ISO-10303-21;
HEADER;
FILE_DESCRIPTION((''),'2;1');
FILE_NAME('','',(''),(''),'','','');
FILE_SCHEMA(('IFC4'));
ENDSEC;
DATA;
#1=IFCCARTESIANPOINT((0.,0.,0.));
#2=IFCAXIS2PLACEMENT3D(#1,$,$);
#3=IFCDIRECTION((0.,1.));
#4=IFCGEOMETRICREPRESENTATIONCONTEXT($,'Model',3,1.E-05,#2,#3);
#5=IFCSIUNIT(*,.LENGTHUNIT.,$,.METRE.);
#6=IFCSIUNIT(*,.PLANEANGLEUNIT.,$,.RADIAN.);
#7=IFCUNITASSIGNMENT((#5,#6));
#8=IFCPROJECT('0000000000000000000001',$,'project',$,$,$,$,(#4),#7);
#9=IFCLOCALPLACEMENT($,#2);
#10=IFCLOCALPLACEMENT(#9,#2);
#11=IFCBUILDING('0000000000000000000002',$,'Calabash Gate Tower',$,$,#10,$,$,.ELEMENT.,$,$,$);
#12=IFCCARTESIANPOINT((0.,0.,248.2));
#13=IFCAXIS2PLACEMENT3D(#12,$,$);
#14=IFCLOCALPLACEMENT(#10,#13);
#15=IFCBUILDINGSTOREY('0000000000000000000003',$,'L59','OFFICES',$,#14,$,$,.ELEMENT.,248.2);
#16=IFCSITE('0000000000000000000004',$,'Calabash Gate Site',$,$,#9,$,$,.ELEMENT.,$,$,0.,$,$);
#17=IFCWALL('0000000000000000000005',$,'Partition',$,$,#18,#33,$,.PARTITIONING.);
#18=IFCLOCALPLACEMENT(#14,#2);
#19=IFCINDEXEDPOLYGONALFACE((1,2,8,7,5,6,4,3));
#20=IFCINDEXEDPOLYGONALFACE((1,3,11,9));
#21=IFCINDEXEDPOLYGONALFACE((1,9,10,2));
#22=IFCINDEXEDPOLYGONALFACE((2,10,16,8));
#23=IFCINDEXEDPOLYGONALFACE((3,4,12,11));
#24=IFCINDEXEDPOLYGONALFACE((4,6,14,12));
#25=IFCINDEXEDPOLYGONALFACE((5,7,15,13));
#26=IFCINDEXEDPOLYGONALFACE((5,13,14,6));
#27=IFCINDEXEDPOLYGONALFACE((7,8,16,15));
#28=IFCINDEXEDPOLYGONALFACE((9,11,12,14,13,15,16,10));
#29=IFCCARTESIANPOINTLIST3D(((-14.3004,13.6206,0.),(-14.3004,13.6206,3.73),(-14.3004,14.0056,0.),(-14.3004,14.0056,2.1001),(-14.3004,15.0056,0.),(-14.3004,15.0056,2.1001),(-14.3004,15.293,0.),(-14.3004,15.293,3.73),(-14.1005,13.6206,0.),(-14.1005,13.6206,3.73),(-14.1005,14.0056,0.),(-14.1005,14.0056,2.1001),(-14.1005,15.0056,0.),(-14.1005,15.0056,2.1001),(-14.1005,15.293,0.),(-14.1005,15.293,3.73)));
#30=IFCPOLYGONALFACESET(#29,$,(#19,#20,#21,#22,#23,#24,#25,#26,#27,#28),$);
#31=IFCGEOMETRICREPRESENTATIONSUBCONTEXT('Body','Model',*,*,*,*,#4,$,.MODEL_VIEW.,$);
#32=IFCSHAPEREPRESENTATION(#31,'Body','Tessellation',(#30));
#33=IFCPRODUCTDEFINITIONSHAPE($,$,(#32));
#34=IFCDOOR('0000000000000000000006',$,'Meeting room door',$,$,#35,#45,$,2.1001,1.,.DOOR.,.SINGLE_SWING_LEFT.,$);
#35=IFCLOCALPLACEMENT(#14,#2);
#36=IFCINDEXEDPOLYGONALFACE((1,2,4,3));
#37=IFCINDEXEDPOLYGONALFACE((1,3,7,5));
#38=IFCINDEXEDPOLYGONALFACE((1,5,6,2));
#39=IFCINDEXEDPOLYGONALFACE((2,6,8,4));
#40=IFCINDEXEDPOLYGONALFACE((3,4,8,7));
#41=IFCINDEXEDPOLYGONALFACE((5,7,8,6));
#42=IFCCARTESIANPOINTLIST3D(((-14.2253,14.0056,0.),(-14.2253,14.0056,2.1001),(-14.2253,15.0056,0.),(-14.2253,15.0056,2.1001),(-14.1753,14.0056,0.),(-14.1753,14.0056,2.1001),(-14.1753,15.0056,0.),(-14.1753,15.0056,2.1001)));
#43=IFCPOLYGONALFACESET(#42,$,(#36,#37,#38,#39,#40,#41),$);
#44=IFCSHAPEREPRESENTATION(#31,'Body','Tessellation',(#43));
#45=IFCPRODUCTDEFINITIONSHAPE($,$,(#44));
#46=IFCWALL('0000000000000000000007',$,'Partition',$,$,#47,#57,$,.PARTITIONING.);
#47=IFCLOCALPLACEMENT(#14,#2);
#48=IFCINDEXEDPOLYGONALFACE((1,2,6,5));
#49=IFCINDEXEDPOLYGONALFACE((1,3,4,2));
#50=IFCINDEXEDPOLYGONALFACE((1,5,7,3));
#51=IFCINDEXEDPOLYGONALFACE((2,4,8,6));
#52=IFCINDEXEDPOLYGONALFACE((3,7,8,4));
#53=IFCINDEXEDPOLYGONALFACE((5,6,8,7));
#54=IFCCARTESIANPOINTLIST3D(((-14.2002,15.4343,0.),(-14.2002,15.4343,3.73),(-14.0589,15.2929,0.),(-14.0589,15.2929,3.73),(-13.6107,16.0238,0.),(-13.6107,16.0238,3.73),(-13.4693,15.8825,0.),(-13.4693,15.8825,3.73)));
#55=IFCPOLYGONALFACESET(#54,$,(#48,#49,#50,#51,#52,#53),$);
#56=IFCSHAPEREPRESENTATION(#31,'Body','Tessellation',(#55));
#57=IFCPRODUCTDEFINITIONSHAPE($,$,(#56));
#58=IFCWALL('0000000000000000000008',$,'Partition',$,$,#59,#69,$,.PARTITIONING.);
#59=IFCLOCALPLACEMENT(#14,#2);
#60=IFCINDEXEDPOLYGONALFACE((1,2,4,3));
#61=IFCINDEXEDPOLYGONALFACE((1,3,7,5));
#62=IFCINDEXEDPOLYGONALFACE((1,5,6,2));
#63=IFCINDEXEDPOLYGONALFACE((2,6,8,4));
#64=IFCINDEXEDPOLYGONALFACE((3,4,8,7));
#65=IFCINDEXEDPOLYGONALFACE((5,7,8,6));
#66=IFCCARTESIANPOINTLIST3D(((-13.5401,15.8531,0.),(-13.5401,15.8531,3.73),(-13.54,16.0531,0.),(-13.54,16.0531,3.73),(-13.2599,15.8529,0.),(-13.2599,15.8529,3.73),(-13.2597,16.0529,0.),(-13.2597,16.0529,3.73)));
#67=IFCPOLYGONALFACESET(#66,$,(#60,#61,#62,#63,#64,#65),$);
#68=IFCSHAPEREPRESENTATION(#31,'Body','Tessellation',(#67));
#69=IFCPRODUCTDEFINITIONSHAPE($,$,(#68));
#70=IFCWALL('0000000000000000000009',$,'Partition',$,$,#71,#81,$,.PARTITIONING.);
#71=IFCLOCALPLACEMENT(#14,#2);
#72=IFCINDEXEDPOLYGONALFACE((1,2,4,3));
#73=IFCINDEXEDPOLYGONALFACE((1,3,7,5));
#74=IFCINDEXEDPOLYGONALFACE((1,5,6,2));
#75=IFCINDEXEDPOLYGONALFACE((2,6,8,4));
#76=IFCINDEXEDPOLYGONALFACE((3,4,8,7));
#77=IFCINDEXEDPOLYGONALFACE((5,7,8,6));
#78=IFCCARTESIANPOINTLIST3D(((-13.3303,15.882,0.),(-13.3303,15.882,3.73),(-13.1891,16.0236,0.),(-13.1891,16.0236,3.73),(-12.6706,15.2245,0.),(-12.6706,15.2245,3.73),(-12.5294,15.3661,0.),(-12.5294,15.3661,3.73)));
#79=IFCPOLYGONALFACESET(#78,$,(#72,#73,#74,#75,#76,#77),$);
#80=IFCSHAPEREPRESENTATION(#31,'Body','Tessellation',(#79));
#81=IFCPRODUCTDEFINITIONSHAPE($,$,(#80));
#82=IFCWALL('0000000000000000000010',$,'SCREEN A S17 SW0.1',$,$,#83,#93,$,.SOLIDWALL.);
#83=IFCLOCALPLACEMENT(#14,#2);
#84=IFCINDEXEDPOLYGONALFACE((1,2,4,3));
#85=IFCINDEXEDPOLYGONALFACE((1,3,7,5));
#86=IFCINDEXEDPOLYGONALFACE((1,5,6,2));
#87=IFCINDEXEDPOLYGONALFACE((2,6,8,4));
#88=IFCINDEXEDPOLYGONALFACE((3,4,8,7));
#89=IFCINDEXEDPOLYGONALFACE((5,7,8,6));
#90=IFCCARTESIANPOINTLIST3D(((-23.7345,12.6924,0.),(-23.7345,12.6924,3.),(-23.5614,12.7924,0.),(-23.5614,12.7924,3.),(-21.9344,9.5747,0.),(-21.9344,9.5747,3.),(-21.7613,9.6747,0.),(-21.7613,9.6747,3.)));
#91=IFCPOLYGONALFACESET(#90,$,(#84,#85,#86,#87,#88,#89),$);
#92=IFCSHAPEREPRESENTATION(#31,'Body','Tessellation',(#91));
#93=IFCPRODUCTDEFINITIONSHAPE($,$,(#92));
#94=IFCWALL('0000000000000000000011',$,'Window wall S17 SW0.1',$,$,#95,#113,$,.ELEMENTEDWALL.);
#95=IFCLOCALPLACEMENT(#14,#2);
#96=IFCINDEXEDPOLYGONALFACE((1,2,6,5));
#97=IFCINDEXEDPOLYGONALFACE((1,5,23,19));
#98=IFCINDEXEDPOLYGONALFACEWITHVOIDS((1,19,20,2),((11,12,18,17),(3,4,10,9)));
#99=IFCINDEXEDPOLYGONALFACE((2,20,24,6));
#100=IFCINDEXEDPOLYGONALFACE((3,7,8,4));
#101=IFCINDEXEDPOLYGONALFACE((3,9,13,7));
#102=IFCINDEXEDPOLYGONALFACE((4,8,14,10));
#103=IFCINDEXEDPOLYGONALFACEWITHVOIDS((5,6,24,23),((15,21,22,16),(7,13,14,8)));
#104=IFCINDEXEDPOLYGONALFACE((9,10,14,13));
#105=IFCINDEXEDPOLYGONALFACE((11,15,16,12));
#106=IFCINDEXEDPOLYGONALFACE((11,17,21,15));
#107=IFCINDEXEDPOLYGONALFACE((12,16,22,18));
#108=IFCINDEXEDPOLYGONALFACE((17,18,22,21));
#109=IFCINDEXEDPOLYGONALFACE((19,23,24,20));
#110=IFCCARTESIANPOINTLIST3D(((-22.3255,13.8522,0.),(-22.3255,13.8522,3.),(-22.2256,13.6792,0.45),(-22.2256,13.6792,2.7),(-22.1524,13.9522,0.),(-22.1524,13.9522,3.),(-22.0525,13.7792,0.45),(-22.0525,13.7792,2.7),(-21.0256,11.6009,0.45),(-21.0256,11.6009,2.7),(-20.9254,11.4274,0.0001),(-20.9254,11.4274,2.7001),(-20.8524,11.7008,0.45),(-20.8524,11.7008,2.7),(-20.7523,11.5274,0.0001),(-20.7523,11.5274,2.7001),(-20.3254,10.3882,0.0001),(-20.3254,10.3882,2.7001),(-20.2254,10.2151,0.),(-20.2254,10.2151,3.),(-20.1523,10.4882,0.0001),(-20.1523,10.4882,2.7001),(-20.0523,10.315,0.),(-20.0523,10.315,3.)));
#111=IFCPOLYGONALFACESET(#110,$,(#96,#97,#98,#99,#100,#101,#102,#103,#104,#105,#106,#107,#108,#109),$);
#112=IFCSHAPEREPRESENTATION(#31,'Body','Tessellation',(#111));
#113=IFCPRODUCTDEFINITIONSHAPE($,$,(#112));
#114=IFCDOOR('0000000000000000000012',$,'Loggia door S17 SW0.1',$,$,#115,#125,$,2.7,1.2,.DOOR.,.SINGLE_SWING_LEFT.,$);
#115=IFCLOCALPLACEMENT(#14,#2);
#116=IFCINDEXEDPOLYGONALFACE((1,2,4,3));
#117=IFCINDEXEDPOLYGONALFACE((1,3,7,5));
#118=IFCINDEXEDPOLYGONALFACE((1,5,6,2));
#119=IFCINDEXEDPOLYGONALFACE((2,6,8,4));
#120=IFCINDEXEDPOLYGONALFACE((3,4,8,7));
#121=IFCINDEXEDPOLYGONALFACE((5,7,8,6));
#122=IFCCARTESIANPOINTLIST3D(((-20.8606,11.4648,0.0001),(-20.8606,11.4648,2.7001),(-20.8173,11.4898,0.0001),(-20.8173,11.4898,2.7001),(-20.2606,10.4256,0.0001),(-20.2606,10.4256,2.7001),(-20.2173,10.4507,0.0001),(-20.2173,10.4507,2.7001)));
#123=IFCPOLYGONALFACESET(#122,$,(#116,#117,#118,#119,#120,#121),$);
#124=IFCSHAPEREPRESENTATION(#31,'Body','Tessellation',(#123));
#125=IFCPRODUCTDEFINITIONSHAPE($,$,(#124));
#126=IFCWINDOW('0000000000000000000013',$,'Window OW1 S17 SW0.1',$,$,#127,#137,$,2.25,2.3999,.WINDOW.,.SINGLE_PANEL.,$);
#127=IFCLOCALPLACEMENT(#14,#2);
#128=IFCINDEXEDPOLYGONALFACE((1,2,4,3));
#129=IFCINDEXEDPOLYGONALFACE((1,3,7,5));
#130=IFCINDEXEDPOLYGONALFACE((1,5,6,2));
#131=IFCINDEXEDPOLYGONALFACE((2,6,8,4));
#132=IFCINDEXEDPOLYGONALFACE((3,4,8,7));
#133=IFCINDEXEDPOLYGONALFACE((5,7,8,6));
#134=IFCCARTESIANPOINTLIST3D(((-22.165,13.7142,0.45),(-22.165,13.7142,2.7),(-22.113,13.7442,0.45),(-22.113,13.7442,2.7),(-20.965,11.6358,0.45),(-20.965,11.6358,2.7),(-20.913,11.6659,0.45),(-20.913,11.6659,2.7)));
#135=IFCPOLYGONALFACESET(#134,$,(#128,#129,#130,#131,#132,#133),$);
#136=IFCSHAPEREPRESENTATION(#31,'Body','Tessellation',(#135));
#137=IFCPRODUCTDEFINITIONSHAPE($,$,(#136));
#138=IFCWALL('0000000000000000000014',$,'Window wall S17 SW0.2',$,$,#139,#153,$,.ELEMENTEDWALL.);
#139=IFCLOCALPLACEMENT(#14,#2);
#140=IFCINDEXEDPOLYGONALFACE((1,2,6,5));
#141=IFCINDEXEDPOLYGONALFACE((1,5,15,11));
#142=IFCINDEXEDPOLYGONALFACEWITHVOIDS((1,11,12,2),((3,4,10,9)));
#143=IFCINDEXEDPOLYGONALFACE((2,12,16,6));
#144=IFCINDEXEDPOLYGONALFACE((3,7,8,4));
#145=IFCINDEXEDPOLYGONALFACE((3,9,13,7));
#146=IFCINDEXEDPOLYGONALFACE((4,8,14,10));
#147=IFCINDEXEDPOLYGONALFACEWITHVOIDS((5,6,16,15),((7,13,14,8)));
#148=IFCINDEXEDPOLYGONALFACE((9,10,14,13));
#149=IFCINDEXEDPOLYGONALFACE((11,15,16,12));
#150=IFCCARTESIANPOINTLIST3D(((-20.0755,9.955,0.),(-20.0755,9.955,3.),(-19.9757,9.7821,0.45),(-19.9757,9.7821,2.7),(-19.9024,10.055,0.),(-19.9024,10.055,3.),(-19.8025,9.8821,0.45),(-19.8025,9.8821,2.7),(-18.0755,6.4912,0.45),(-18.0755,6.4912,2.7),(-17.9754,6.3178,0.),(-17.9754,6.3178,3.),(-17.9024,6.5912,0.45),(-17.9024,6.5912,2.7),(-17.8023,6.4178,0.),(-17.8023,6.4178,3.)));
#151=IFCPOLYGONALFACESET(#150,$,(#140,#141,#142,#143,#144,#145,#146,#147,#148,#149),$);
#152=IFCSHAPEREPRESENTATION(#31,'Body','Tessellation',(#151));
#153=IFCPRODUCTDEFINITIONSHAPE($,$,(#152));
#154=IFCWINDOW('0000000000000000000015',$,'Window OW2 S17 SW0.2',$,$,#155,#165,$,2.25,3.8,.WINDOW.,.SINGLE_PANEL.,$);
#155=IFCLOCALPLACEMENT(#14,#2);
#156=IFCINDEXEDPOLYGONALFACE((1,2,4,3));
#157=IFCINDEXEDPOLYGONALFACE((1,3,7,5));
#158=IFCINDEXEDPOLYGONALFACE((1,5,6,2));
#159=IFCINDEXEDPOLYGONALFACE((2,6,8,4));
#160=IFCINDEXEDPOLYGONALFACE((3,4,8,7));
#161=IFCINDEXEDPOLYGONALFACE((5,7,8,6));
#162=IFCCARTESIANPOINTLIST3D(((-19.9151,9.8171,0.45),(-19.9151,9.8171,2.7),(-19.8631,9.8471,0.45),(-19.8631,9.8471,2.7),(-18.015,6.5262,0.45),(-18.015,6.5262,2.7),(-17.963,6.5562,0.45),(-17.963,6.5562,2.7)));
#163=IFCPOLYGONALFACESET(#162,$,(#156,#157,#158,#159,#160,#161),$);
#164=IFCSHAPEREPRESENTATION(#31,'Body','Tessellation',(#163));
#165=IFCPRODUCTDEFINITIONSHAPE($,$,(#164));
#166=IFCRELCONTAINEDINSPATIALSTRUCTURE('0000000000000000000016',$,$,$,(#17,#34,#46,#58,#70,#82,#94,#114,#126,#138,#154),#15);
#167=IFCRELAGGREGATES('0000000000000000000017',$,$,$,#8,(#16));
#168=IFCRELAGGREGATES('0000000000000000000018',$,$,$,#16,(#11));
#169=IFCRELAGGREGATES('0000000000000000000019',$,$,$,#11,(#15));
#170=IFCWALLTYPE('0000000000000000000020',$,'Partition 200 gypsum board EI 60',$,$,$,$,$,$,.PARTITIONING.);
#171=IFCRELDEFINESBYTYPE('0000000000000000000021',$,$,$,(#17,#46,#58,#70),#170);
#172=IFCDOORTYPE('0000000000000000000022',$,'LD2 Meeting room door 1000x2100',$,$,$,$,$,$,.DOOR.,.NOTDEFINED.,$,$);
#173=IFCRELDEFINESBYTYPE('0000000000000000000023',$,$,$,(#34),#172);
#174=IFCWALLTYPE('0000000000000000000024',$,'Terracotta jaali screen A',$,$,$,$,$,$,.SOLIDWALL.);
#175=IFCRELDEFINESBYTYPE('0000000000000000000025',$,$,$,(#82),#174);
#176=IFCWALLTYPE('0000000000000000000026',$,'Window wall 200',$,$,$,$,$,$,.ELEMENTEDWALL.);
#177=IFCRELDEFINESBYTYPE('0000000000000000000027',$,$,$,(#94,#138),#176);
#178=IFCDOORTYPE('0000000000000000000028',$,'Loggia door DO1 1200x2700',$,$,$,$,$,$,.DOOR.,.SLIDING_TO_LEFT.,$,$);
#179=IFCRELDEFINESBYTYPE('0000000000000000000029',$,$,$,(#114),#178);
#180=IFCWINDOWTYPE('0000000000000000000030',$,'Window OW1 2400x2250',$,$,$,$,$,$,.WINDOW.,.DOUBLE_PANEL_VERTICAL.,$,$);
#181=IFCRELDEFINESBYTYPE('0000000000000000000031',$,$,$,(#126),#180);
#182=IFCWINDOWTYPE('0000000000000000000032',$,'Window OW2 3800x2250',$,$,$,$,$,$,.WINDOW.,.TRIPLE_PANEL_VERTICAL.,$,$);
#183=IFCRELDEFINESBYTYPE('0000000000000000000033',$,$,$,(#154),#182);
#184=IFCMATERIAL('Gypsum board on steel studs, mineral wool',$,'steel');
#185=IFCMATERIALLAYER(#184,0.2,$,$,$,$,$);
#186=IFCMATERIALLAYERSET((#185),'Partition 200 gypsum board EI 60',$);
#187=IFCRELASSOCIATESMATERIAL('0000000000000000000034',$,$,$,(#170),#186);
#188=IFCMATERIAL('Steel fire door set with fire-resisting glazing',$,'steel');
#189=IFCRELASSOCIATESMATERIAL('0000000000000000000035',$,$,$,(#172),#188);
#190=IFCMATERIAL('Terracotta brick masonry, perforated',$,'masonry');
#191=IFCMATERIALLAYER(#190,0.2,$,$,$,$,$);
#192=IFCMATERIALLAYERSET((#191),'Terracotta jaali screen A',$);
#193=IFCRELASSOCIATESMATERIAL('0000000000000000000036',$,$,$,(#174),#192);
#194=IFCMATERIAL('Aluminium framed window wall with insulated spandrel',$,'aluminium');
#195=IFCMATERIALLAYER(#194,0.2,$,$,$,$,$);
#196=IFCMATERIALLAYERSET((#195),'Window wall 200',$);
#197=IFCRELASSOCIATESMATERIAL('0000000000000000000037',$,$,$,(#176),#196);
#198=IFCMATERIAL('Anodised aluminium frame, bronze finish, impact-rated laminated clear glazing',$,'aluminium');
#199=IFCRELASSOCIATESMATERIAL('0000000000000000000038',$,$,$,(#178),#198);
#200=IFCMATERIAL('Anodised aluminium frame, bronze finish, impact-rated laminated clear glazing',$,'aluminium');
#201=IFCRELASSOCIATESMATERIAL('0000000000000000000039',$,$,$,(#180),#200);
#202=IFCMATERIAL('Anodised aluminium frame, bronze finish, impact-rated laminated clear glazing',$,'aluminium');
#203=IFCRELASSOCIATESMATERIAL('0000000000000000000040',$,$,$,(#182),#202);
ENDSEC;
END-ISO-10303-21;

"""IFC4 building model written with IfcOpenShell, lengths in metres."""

from ifc_helpers import new_model, si_unit, direction, frame, frame_2d, origin, place, context, subcontext, project, spatial, rectangle, extrude, material, layer, layer_set, type_object, element, fill, save


model = new_model("IFC4")

# Units and contexts
model_context = context("Model", 3, precision=1e-05, world=origin(), true_north=direction((0.0, 1.0)))
body_context = subcontext(model_context, "Body", "Model", "MODEL_VIEW")
ifc_project = project(units=[si_unit("LENGTHUNIT", "METRE"), si_unit("PLANEANGLEUNIT", "RADIAN")], contexts=[model_context])

# Site, building, storey
site_placement = place(None, origin())
site = spatial("IfcSite", under=ifc_project, at=site_placement, Name="Calabash Gate Site", CompositionType="ELEMENT", RefElevation=0.0)
building_placement = place(site_placement, origin())
building = spatial("IfcBuilding", under=site, at=building_placement, Name="Calabash Gate Tower", CompositionType="ELEMENT")
storey_placement = place(building_placement, frame((0.0, 0.0, 248.2)))
storey = spatial("IfcBuildingStorey", under=building, at=storey_placement, Name="L59", Description="OFFICES", CompositionType="ELEMENT", Elevation=248.2)

# Shared definitions
ifc_material_1 = material(Name="Gypsum board on steel studs, mineral wool", Category="steel")
ifc_layer_1 = layer(ifc_material_1, 0.2)
ifc_layer_set_1 = layer_set([ifc_layer_1], Name="Partition 200 gypsum board EI 60")
wall_type_1 = type_object("IfcWallType", Name="Partition 200 gypsum board EI 60", PredefinedType="PARTITIONING", material=ifc_layer_set_1)

# Wall, opening, door
wall_1_placement = place(storey_placement, frame((-14.2004, 13.6206, 0.0), z_axis=(0.0, 0.0, 1.0), x_axis=(0.0, 1.0, 0.0)))
wall_1 = element("IfcWall", 1, at=wall_1_placement, inside=storey, type_object=wall_type_1, Name="Partition", PredefinedType="PARTITIONING", context=body_context, shape_type="SweptSolid", body=[
    extrude(rectangle(XDim=1.6724, YDim=0.2, at=frame_2d((0.8362, 0.0))), origin(), (0.0, 0.0, 1.0), 3.73),
])
opening_1_placement = place(wall_1_placement, frame((0.385, 0.0, 0.0)))
opening_1 = element("IfcOpeningElement", 2, at=opening_1_placement, cuts=wall_1, PredefinedType="OPENING", context=body_context, shape_type="SweptSolid", body=[
    extrude(rectangle(XDim=1.0, YDim=2.1001, at=frame_2d((0.5, 1.05))), frame((0.0, 0.1099, 0.0), z_axis=(0.0, -1.0, 0.0), x_axis=(1.0, 0.0, 0.0)), (0.0, 0.0, 1.0), 0.22),
])
ifc_material_2 = material(Name="Steel fire door set with fire-resisting glazing", Category="steel")
door_type_1 = type_object("IfcDoorType", Name="LD2 Meeting room door 1000x2100", OperationType="NOTDEFINED", PredefinedType="DOOR", material=ifc_material_2)
door_1_placement = place(opening_1_placement, origin())
door_1 = element("IfcDoor", 3, at=door_1_placement, inside=storey, type_object=door_type_1, Name="Meeting room door", OperationType="SINGLE_SWING_LEFT", OverallHeight=2.1001, OverallWidth=1.0, PredefinedType="DOOR", context=body_context, shape_type="SweptSolid", body=[
    extrude(rectangle(XDim=1.0, YDim=2.1001, at=frame_2d((0.5, 1.05))), frame((0.0, 0.0249, 0.0), z_axis=(0.0, -1.0, 0.0), x_axis=(1.0, 0.0, 0.0)), (0.0, 0.0, 1.0), 0.05),
])
fill(opening_1, door_1)

# Walls
wall_2_placement = place(storey_placement, frame((-14.1296, 15.3635, 0.0), z_axis=(0.0, 0.0, 1.0), x_axis=(0.707107, 0.707107, 0.0)))
element("IfcWall", 4, at=wall_2_placement, inside=storey, type_object=wall_type_1, Name="Partition", PredefinedType="PARTITIONING", context=body_context, shape_type="SweptSolid", body=[
    extrude(rectangle(XDim=0.8337, YDim=0.2, at=frame_2d((0.417, 0.0))), origin(), (0.0, 0.0, 1.0), 3.73),
])
wall_3_placement = place(storey_placement, frame((-13.54, 15.9531, 0.0), z_axis=(0.0, 0.0, 1.0), x_axis=(1.0, -0.000871, 0.0)))
element("IfcWall", 5, at=wall_3_placement, inside=storey, type_object=wall_type_1, Name="Partition", PredefinedType="PARTITIONING", context=body_context, shape_type="SweptSolid", body=[
    extrude(rectangle(XDim=0.2803, YDim=0.2, at=frame_2d((0.1401, 0.0))), origin(), (0.0, 0.0, 1.0), 3.73),
])
wall_4_placement = place(storey_placement, frame((-13.2598, 15.9529, 0.0), z_axis=(0.0, 0.0, 1.0), x_axis=(0.708285, -0.705926, 0.0)))
element("IfcWall", 6, at=wall_4_placement, inside=storey, type_object=wall_type_1, Name="Partition", PredefinedType="PARTITIONING", context=body_context, shape_type="SweptSolid", body=[
    extrude(rectangle(XDim=0.9314, YDim=0.2, at=frame_2d((0.4658, 0.0))), origin(), (0.0, 0.0, 1.0), 3.73),
])
ifc_material_3 = material(Name="Terracotta brick masonry, perforated", Category="masonry")
ifc_layer_2 = layer(ifc_material_3, 0.2)
ifc_layer_set_2 = layer_set([ifc_layer_2], Name="Terracotta jaali screen A")
wall_type_2 = type_object("IfcWallType", Name="Terracotta jaali screen A", PredefinedType="SOLIDWALL", material=ifc_layer_set_2)
wall_5_placement = place(storey_placement, frame((-23.6479, 12.7424, 0.0), z_axis=(0.0, 0.0, 1.0), x_axis=(0.500012, -0.866018, 0.0)))
element("IfcWall", 7, at=wall_5_placement, inside=storey, type_object=wall_type_2, Name="SCREEN A S17 SW0.1", PredefinedType="SOLIDWALL", context=body_context, shape_type="SweptSolid", body=[
    extrude(rectangle(XDim=3.6001, YDim=0.2, at=frame_2d((1.8, 0.0))), origin(), (0.0, 0.0, 1.0), 3.0),
])

# Wall, openings, door, window
ifc_material_4 = material(Name="Aluminium framed window wall with insulated spandrel", Category="aluminium")
ifc_layer_3 = layer(ifc_material_4, 0.2)
ifc_layer_set_3 = layer_set([ifc_layer_3], Name="Window wall 200")
wall_type_3 = type_object("IfcWallType", Name="Window wall 200", PredefinedType="ELEMENTEDWALL", material=ifc_layer_set_3)
wall_6_placement = place(storey_placement, frame((-22.239, 13.9023, 0.0), z_axis=(0.0, 0.0, 1.0), x_axis=(0.500028, -0.866009, 0.0)))
wall_6 = element("IfcWall", 8, at=wall_6_placement, inside=storey, type_object=wall_type_3, Name="Window wall S17 SW0.1", PredefinedType="ELEMENTEDWALL", context=body_context, shape_type="SweptSolid", body=[
    extrude(rectangle(XDim=4.2, YDim=0.2, at=frame_2d((2.1001, 0.0))), origin(), (0.0, 0.0, 1.0), 3.0),
])
opening_2_placement = place(wall_6_placement, frame((0.2, 0.0, 0.45)))
opening_2 = element("IfcOpeningElement", 9, at=opening_2_placement, cuts=wall_6, PredefinedType="OPENING", context=body_context, shape_type="SweptSolid", body=[
    extrude(rectangle(XDim=2.3999, YDim=2.25, at=frame_2d((1.2, 1.125))), frame((0.0, 0.1099, 0.0), z_axis=(0.0, -1.0, 0.0), x_axis=(1.0, 0.0, 0.0)), (0.0, 0.0, 1.0), 0.22),
])
opening_3_placement = place(wall_6_placement, frame((2.8, 0.0, 0.0)))
opening_3 = element("IfcOpeningElement", 10, at=opening_3_placement, cuts=wall_6, PredefinedType="OPENING", context=body_context, shape_type="SweptSolid", body=[
    extrude(rectangle(XDim=1.2, YDim=2.7, at=frame_2d((0.6001, 1.3501))), frame((0.0, 0.1099, 0.0), z_axis=(0.0, -1.0, 0.0), x_axis=(1.0, 0.0, 0.0)), (0.0, 0.0, 1.0), 0.22),
])
ifc_material_5 = material(Name="Anodised aluminium frame, bronze finish, impact-rated laminated clear glazing", Category="aluminium")
door_type_2 = type_object("IfcDoorType", Name="Loggia door DO1 1200x2700", OperationType="SLIDING_TO_LEFT", PredefinedType="DOOR", material=ifc_material_5)
door_2_placement = place(opening_3_placement, origin())
door_2 = element("IfcDoor", 11, at=door_2_placement, inside=storey, type_object=door_type_2, Name="Loggia door S17 SW0.1", OperationType="SINGLE_SWING_LEFT", OverallHeight=2.7, OverallWidth=1.2, PredefinedType="DOOR", context=body_context, shape_type="SweptSolid", body=[
    extrude(rectangle(XDim=1.2, YDim=2.7, at=frame_2d((0.6001, 1.3501))), frame((0.0, 0.0249, 0.0), z_axis=(0.0, -1.0, 0.0), x_axis=(1.0, 0.0, 0.0)), (0.0, 0.0, 1.0), 0.05),
])
fill(opening_3, door_2)
ifc_material_6 = material(Name="Anodised aluminium frame, bronze finish, impact-rated laminated clear glazing", Category="aluminium")
window_type_1 = type_object("IfcWindowType", Name="Window OW1 2400x2250", PartitioningType="DOUBLE_PANEL_VERTICAL", PredefinedType="WINDOW", material=ifc_material_6)
window_1_placement = place(opening_2_placement, origin())
window_1 = element("IfcWindow", 12, at=window_1_placement, inside=storey, type_object=window_type_1, Name="Window OW1 S17 SW0.1", OverallHeight=2.25, OverallWidth=2.3999, PartitioningType="SINGLE_PANEL", PredefinedType="WINDOW", context=body_context, shape_type="SweptSolid", body=[
    extrude(rectangle(XDim=2.3999, YDim=2.25, at=frame_2d((1.2, 1.125))), frame((0.0, 0.03, 0.0), z_axis=(0.0, -1.0, 0.0), x_axis=(1.0, 0.0, 0.0)), (0.0, 0.0, 1.0), 0.0601),
])
fill(opening_2, window_1)

# Wall, opening, window
wall_7_placement = place(storey_placement, frame((-19.989, 10.0051, 0.0), z_axis=(0.0, 0.0, 1.0), x_axis=(0.500028, -0.866009, 0.0)))
wall_7 = element("IfcWall", 13, at=wall_7_placement, inside=storey, type_object=wall_type_3, Name="Window wall S17 SW0.2", PredefinedType="ELEMENTEDWALL", context=body_context, shape_type="SweptSolid", body=[
    extrude(rectangle(XDim=4.2, YDim=0.2, at=frame_2d((2.1001, 0.0))), origin(), (0.0, 0.0, 1.0), 3.0),
])
opening_4_placement = place(wall_7_placement, frame((0.2, 0.0, 0.45)))
opening_4 = element("IfcOpeningElement", 14, at=opening_4_placement, cuts=wall_7, PredefinedType="OPENING", context=body_context, shape_type="SweptSolid", body=[
    extrude(rectangle(XDim=3.8, YDim=2.25, at=frame_2d((1.8999, 1.125))), frame((0.0, 0.1099, 0.0), z_axis=(0.0, -1.0, 0.0), x_axis=(1.0, 0.0, 0.0)), (0.0, 0.0, 1.0), 0.22),
])
ifc_material_7 = material(Name="Anodised aluminium frame, bronze finish, impact-rated laminated clear glazing", Category="aluminium")
window_type_2 = type_object("IfcWindowType", Name="Window OW2 3800x2250", PartitioningType="TRIPLE_PANEL_VERTICAL", PredefinedType="WINDOW", material=ifc_material_7)
window_2_placement = place(opening_4_placement, origin())
window_2 = element("IfcWindow", 15, at=window_2_placement, inside=storey, type_object=window_type_2, Name="Window OW2 S17 SW0.2", OverallHeight=2.25, OverallWidth=3.8, PartitioningType="SINGLE_PANEL", PredefinedType="WINDOW", context=body_context, shape_type="SweptSolid", body=[
    extrude(rectangle(XDim=3.8, YDim=2.25, at=frame_2d((1.8999, 1.125))), frame((0.0, 0.03, 0.0), z_axis=(0.0, -1.0, 0.0), x_axis=(1.0, 0.0, 0.0)), (0.0, 0.0, 1.0), 0.0601),
])
fill(opening_4, window_2)

save(model, "model.ifc")
